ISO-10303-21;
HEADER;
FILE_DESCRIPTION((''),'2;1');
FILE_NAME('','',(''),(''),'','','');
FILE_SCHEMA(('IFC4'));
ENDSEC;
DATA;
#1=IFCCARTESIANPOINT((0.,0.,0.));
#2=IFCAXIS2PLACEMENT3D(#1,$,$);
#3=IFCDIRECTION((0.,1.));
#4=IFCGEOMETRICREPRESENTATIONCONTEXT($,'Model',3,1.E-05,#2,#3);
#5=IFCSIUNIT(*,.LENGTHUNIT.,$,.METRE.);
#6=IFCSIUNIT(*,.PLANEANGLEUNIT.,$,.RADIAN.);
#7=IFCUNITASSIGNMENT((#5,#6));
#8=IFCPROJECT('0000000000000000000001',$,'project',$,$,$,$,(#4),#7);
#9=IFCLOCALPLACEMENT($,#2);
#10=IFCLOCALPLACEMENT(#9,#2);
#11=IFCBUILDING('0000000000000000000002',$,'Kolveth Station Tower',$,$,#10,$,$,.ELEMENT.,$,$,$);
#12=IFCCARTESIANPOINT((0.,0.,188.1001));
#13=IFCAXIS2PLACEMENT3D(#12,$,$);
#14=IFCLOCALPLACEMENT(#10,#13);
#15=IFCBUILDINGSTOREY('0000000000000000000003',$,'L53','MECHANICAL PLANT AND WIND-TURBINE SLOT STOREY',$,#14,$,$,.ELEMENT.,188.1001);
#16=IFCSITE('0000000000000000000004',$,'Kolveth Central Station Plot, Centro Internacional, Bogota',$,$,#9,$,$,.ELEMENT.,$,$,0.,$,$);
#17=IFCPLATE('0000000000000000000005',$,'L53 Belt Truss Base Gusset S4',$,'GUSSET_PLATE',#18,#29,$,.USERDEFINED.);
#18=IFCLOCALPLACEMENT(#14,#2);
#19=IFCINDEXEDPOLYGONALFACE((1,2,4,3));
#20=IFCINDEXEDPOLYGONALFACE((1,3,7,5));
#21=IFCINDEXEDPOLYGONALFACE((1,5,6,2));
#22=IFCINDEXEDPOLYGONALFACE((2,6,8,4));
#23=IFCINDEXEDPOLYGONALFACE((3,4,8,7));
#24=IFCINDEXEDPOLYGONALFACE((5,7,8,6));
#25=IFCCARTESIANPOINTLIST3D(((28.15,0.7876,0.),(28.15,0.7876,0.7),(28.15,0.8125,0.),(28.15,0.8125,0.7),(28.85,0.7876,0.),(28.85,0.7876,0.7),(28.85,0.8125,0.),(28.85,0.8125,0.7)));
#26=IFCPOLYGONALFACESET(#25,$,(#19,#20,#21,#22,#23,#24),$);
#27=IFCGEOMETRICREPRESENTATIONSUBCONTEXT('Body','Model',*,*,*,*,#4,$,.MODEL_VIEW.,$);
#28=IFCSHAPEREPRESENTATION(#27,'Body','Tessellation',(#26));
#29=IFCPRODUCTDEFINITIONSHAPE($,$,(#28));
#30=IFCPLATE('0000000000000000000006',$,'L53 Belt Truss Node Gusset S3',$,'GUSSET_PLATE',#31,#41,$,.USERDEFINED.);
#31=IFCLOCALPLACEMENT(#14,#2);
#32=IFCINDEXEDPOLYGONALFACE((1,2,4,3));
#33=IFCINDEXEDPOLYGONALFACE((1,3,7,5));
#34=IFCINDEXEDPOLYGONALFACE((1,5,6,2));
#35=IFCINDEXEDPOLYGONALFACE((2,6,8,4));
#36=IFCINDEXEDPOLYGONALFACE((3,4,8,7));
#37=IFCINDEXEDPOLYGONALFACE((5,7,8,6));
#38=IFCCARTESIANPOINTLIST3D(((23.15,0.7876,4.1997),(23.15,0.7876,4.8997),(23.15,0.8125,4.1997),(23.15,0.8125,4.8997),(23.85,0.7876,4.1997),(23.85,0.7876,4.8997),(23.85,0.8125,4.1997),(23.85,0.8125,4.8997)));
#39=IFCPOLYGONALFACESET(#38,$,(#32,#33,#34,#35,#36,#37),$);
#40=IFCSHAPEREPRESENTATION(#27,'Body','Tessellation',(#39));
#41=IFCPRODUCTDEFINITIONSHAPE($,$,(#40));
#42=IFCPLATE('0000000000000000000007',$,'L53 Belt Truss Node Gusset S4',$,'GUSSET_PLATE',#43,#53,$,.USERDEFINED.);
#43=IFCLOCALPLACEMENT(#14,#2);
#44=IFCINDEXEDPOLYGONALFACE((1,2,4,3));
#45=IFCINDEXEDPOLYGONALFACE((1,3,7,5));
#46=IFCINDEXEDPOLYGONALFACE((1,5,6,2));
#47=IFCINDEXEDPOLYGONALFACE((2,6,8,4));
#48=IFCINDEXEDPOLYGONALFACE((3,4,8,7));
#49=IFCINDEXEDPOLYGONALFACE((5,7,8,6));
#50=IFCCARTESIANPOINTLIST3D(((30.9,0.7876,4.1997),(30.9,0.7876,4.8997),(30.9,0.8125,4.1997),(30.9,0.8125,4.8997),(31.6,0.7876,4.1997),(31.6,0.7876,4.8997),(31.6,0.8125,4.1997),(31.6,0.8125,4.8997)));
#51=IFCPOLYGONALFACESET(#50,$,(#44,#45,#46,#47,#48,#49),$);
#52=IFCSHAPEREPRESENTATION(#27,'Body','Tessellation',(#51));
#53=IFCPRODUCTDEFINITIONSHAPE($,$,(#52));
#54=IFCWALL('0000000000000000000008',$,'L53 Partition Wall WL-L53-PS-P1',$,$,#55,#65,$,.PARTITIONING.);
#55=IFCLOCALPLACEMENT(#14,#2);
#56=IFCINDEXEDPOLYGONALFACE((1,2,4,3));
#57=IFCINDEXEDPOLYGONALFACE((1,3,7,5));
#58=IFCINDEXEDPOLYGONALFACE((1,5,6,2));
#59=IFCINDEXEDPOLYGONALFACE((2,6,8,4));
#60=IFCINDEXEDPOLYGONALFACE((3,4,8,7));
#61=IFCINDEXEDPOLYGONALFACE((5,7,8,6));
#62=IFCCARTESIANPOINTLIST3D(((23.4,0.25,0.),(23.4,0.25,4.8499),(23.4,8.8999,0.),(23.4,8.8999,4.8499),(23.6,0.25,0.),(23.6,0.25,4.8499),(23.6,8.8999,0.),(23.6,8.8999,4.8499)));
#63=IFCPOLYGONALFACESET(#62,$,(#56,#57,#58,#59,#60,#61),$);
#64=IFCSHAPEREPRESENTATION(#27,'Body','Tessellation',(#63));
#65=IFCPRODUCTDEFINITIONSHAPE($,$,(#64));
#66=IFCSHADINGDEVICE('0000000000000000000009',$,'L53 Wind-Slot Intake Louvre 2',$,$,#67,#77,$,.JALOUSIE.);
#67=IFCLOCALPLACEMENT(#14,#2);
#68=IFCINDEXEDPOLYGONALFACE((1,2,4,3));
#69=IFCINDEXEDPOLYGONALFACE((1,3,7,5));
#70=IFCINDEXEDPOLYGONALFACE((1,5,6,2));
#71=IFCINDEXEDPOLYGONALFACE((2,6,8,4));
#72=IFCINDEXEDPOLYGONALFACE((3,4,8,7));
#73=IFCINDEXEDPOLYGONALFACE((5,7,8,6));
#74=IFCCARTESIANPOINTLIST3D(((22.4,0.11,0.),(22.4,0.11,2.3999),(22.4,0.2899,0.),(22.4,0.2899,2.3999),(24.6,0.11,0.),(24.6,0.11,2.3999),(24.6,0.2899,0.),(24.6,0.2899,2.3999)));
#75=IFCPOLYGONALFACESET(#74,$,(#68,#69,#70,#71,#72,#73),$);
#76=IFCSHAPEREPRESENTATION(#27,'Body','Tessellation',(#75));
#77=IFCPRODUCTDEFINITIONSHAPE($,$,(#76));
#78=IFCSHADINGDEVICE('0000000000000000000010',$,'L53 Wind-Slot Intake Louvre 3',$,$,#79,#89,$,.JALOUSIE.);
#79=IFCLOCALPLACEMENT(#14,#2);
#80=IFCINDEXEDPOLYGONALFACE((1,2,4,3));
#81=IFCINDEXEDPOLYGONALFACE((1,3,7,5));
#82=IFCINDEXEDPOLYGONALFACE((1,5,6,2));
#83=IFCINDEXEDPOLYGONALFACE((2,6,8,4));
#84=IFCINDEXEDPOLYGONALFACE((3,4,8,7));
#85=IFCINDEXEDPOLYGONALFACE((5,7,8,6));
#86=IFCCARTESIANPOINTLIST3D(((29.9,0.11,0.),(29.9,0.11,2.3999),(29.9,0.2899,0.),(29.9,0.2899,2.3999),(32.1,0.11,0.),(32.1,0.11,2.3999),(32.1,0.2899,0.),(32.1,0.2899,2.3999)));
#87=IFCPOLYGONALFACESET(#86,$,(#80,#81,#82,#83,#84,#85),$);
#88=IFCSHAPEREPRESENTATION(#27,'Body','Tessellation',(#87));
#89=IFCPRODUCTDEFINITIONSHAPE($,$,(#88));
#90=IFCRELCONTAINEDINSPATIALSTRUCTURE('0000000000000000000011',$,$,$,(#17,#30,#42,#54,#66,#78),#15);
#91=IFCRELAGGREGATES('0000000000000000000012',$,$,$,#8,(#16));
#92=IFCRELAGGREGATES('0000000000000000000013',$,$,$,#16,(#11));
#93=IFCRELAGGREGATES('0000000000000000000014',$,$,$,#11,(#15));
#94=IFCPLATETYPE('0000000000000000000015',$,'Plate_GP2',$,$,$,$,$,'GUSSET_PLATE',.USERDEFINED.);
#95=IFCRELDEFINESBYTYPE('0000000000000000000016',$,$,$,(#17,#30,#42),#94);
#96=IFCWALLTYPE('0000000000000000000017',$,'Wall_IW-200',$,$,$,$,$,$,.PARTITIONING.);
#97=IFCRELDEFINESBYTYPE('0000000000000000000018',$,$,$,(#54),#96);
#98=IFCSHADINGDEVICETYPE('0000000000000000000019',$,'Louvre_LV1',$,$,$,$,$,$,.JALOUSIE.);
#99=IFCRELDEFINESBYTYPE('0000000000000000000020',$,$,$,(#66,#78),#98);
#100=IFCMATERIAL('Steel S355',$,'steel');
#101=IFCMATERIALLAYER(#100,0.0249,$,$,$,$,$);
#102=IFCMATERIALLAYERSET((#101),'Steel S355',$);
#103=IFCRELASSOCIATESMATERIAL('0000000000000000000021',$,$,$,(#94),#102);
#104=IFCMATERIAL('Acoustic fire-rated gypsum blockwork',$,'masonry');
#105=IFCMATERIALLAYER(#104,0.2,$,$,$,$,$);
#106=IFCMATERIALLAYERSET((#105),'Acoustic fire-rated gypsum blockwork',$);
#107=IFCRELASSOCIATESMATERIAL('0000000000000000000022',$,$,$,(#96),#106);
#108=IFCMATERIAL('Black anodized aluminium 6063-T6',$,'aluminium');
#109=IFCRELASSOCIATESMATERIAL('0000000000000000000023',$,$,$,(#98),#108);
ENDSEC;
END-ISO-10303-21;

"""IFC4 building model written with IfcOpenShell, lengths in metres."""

from ifc_helpers import new_model, si_unit, direction, frame, frame_2d, origin, origin_2d, place, context, subcontext, project, spatial, rectangle, extrude, source, transform, mapped, material, layer, layer_set, type_object, element, save


model = new_model("IFC4")

# Units and contexts
model_context = context("Model", 3, precision=1e-05, world=origin(), true_north=direction((0.0, 1.0)))
body_context = subcontext(model_context, "Body", "Model", "MODEL_VIEW")
ifc_project = project(units=[si_unit("LENGTHUNIT", "METRE"), si_unit("PLANEANGLEUNIT", "RADIAN")], contexts=[model_context])

# Site, building, storey
site_placement = place(None, origin())
site = spatial("IfcSite", under=ifc_project, at=site_placement, Name="Kolveth Central Station Plot, Centro Internacional, Bogota", CompositionType="ELEMENT", RefElevation=0.0)
building_placement = place(site_placement, origin())
building = spatial("IfcBuilding", under=site, at=building_placement, Name="Kolveth Station Tower", CompositionType="ELEMENT")
storey_placement = place(building_placement, frame((0.0, 0.0, 188.1001)))
storey = spatial("IfcBuildingStorey", under=building, at=storey_placement, Name="L53", Description="MECHANICAL PLANT AND WIND-TURBINE SLOT STOREY", CompositionType="ELEMENT", Elevation=188.1001)

# Shared definitions
ifc_material_1 = material(Name="Steel S355", Category="steel")

# Plates
ifc_layer_1 = layer(ifc_material_1, 0.0249)
ifc_layer_set_1 = layer_set([ifc_layer_1], Name="Steel S355")
plate_type = type_object("IfcPlateType", Name="Plate_GP2", ElementType="GUSSET_PLATE", PredefinedType="USERDEFINED", material=ifc_layer_set_1)
shared_shape_1 = source(origin(), body_context, "Body", "SweptSolid", [
    extrude(rectangle(XDim=0.7, YDim=0.0249, at=origin_2d()), origin(), (0.0, 0.0, 1.0), 0.7),
])
for number, where, z_axis, x_axis, name in (
    (1, (28.5, 0.8, 0.0), (0.0, 0.0, 1.0), (1.0, 0.0, 0.0), "L53 Belt Truss Base Gusset S4"),
    (2, (23.5, 0.8, 4.1997), (0.0, 0.0, 1.0), (1.0, 0.0, 0.0), "L53 Belt Truss Node Gusset S3"),
    (3, (31.25, 0.8, 4.1997), (0.0, 0.0, 1.0), (1.0, 0.0, 0.0), "L53 Belt Truss Node Gusset S4"),
):
    element("IfcPlate", number, at=place(storey_placement, frame(where, z_axis=z_axis, x_axis=x_axis)), inside=storey, type_object=plate_type, Name=name, ObjectType="GUSSET_PLATE", PredefinedType="USERDEFINED", context=body_context, shape_type="MappedRepresentation", body=[
        mapped(shared_shape_1, transform((0.0, 0.0, 0.0), x_axis=(1.0, 0.0, 0.0), y_axis=(0.0, 1.0, 0.0), z_axis=(0.0, 0.0, 1.0), scale=1.0)),
    ])

# Wall
ifc_material_2 = material(Name="Acoustic fire-rated gypsum blockwork", Category="masonry")
ifc_layer_2 = layer(ifc_material_2, 0.2)
ifc_layer_set_2 = layer_set([ifc_layer_2], Name="Acoustic fire-rated gypsum blockwork")
wall_type = type_object("IfcWallType", Name="Wall_IW-200", PredefinedType="PARTITIONING", material=ifc_layer_set_2)
wall_placement = place(storey_placement, frame((23.5, 0.25, 0.0), z_axis=(0.0, 0.0, 1.0), x_axis=(0.0, 1.0, 0.0)))
element("IfcWall", 4, at=wall_placement, inside=storey, type_object=wall_type, Name="L53 Partition Wall WL-L53-PS-P1", PredefinedType="PARTITIONING", context=body_context, shape_type="SweptSolid", body=[
    extrude(rectangle(XDim=8.6499, YDim=0.2, at=frame_2d((4.325, 0.0))), origin(), (0.0, 0.0, 1.0), 4.8499),
])

# Shading devices
ifc_material_3 = material(Name="Black anodized aluminium 6063-T6", Category="aluminium")
shading_device_type = type_object("IfcShadingDeviceType", Name="Louvre_LV1", PredefinedType="JALOUSIE", material=ifc_material_3)
shared_shape_2 = source(origin(), body_context, "Body", "SweptSolid", [
    extrude(rectangle(XDim=2.2, YDim=0.1799, at=origin_2d()), origin(), (0.0, 0.0, 1.0), 2.3999),
])
for number, where, z_axis, x_axis, name in (
    (5, (23.5, 0.2, 0.0), (0.0, 0.0, 1.0), (1.0, 0.0, 0.0), "L53 Wind-Slot Intake Louvre 2"),
    (6, (31.0, 0.2, 0.0), (0.0, 0.0, 1.0), (1.0, 0.0, 0.0), "L53 Wind-Slot Intake Louvre 3"),
):
    element("IfcShadingDevice", number, at=place(storey_placement, frame(where, z_axis=z_axis, x_axis=x_axis)), inside=storey, type_object=shading_device_type, Name=name, PredefinedType="JALOUSIE", context=body_context, shape_type="MappedRepresentation", body=[
        mapped(shared_shape_2, transform((0.0, 0.0, 0.0), x_axis=(1.0, 0.0, 0.0), y_axis=(0.0, 1.0, 0.0), z_axis=(0.0, 0.0, 1.0), scale=1.0)),
    ])

save(model, "model.ifc")
